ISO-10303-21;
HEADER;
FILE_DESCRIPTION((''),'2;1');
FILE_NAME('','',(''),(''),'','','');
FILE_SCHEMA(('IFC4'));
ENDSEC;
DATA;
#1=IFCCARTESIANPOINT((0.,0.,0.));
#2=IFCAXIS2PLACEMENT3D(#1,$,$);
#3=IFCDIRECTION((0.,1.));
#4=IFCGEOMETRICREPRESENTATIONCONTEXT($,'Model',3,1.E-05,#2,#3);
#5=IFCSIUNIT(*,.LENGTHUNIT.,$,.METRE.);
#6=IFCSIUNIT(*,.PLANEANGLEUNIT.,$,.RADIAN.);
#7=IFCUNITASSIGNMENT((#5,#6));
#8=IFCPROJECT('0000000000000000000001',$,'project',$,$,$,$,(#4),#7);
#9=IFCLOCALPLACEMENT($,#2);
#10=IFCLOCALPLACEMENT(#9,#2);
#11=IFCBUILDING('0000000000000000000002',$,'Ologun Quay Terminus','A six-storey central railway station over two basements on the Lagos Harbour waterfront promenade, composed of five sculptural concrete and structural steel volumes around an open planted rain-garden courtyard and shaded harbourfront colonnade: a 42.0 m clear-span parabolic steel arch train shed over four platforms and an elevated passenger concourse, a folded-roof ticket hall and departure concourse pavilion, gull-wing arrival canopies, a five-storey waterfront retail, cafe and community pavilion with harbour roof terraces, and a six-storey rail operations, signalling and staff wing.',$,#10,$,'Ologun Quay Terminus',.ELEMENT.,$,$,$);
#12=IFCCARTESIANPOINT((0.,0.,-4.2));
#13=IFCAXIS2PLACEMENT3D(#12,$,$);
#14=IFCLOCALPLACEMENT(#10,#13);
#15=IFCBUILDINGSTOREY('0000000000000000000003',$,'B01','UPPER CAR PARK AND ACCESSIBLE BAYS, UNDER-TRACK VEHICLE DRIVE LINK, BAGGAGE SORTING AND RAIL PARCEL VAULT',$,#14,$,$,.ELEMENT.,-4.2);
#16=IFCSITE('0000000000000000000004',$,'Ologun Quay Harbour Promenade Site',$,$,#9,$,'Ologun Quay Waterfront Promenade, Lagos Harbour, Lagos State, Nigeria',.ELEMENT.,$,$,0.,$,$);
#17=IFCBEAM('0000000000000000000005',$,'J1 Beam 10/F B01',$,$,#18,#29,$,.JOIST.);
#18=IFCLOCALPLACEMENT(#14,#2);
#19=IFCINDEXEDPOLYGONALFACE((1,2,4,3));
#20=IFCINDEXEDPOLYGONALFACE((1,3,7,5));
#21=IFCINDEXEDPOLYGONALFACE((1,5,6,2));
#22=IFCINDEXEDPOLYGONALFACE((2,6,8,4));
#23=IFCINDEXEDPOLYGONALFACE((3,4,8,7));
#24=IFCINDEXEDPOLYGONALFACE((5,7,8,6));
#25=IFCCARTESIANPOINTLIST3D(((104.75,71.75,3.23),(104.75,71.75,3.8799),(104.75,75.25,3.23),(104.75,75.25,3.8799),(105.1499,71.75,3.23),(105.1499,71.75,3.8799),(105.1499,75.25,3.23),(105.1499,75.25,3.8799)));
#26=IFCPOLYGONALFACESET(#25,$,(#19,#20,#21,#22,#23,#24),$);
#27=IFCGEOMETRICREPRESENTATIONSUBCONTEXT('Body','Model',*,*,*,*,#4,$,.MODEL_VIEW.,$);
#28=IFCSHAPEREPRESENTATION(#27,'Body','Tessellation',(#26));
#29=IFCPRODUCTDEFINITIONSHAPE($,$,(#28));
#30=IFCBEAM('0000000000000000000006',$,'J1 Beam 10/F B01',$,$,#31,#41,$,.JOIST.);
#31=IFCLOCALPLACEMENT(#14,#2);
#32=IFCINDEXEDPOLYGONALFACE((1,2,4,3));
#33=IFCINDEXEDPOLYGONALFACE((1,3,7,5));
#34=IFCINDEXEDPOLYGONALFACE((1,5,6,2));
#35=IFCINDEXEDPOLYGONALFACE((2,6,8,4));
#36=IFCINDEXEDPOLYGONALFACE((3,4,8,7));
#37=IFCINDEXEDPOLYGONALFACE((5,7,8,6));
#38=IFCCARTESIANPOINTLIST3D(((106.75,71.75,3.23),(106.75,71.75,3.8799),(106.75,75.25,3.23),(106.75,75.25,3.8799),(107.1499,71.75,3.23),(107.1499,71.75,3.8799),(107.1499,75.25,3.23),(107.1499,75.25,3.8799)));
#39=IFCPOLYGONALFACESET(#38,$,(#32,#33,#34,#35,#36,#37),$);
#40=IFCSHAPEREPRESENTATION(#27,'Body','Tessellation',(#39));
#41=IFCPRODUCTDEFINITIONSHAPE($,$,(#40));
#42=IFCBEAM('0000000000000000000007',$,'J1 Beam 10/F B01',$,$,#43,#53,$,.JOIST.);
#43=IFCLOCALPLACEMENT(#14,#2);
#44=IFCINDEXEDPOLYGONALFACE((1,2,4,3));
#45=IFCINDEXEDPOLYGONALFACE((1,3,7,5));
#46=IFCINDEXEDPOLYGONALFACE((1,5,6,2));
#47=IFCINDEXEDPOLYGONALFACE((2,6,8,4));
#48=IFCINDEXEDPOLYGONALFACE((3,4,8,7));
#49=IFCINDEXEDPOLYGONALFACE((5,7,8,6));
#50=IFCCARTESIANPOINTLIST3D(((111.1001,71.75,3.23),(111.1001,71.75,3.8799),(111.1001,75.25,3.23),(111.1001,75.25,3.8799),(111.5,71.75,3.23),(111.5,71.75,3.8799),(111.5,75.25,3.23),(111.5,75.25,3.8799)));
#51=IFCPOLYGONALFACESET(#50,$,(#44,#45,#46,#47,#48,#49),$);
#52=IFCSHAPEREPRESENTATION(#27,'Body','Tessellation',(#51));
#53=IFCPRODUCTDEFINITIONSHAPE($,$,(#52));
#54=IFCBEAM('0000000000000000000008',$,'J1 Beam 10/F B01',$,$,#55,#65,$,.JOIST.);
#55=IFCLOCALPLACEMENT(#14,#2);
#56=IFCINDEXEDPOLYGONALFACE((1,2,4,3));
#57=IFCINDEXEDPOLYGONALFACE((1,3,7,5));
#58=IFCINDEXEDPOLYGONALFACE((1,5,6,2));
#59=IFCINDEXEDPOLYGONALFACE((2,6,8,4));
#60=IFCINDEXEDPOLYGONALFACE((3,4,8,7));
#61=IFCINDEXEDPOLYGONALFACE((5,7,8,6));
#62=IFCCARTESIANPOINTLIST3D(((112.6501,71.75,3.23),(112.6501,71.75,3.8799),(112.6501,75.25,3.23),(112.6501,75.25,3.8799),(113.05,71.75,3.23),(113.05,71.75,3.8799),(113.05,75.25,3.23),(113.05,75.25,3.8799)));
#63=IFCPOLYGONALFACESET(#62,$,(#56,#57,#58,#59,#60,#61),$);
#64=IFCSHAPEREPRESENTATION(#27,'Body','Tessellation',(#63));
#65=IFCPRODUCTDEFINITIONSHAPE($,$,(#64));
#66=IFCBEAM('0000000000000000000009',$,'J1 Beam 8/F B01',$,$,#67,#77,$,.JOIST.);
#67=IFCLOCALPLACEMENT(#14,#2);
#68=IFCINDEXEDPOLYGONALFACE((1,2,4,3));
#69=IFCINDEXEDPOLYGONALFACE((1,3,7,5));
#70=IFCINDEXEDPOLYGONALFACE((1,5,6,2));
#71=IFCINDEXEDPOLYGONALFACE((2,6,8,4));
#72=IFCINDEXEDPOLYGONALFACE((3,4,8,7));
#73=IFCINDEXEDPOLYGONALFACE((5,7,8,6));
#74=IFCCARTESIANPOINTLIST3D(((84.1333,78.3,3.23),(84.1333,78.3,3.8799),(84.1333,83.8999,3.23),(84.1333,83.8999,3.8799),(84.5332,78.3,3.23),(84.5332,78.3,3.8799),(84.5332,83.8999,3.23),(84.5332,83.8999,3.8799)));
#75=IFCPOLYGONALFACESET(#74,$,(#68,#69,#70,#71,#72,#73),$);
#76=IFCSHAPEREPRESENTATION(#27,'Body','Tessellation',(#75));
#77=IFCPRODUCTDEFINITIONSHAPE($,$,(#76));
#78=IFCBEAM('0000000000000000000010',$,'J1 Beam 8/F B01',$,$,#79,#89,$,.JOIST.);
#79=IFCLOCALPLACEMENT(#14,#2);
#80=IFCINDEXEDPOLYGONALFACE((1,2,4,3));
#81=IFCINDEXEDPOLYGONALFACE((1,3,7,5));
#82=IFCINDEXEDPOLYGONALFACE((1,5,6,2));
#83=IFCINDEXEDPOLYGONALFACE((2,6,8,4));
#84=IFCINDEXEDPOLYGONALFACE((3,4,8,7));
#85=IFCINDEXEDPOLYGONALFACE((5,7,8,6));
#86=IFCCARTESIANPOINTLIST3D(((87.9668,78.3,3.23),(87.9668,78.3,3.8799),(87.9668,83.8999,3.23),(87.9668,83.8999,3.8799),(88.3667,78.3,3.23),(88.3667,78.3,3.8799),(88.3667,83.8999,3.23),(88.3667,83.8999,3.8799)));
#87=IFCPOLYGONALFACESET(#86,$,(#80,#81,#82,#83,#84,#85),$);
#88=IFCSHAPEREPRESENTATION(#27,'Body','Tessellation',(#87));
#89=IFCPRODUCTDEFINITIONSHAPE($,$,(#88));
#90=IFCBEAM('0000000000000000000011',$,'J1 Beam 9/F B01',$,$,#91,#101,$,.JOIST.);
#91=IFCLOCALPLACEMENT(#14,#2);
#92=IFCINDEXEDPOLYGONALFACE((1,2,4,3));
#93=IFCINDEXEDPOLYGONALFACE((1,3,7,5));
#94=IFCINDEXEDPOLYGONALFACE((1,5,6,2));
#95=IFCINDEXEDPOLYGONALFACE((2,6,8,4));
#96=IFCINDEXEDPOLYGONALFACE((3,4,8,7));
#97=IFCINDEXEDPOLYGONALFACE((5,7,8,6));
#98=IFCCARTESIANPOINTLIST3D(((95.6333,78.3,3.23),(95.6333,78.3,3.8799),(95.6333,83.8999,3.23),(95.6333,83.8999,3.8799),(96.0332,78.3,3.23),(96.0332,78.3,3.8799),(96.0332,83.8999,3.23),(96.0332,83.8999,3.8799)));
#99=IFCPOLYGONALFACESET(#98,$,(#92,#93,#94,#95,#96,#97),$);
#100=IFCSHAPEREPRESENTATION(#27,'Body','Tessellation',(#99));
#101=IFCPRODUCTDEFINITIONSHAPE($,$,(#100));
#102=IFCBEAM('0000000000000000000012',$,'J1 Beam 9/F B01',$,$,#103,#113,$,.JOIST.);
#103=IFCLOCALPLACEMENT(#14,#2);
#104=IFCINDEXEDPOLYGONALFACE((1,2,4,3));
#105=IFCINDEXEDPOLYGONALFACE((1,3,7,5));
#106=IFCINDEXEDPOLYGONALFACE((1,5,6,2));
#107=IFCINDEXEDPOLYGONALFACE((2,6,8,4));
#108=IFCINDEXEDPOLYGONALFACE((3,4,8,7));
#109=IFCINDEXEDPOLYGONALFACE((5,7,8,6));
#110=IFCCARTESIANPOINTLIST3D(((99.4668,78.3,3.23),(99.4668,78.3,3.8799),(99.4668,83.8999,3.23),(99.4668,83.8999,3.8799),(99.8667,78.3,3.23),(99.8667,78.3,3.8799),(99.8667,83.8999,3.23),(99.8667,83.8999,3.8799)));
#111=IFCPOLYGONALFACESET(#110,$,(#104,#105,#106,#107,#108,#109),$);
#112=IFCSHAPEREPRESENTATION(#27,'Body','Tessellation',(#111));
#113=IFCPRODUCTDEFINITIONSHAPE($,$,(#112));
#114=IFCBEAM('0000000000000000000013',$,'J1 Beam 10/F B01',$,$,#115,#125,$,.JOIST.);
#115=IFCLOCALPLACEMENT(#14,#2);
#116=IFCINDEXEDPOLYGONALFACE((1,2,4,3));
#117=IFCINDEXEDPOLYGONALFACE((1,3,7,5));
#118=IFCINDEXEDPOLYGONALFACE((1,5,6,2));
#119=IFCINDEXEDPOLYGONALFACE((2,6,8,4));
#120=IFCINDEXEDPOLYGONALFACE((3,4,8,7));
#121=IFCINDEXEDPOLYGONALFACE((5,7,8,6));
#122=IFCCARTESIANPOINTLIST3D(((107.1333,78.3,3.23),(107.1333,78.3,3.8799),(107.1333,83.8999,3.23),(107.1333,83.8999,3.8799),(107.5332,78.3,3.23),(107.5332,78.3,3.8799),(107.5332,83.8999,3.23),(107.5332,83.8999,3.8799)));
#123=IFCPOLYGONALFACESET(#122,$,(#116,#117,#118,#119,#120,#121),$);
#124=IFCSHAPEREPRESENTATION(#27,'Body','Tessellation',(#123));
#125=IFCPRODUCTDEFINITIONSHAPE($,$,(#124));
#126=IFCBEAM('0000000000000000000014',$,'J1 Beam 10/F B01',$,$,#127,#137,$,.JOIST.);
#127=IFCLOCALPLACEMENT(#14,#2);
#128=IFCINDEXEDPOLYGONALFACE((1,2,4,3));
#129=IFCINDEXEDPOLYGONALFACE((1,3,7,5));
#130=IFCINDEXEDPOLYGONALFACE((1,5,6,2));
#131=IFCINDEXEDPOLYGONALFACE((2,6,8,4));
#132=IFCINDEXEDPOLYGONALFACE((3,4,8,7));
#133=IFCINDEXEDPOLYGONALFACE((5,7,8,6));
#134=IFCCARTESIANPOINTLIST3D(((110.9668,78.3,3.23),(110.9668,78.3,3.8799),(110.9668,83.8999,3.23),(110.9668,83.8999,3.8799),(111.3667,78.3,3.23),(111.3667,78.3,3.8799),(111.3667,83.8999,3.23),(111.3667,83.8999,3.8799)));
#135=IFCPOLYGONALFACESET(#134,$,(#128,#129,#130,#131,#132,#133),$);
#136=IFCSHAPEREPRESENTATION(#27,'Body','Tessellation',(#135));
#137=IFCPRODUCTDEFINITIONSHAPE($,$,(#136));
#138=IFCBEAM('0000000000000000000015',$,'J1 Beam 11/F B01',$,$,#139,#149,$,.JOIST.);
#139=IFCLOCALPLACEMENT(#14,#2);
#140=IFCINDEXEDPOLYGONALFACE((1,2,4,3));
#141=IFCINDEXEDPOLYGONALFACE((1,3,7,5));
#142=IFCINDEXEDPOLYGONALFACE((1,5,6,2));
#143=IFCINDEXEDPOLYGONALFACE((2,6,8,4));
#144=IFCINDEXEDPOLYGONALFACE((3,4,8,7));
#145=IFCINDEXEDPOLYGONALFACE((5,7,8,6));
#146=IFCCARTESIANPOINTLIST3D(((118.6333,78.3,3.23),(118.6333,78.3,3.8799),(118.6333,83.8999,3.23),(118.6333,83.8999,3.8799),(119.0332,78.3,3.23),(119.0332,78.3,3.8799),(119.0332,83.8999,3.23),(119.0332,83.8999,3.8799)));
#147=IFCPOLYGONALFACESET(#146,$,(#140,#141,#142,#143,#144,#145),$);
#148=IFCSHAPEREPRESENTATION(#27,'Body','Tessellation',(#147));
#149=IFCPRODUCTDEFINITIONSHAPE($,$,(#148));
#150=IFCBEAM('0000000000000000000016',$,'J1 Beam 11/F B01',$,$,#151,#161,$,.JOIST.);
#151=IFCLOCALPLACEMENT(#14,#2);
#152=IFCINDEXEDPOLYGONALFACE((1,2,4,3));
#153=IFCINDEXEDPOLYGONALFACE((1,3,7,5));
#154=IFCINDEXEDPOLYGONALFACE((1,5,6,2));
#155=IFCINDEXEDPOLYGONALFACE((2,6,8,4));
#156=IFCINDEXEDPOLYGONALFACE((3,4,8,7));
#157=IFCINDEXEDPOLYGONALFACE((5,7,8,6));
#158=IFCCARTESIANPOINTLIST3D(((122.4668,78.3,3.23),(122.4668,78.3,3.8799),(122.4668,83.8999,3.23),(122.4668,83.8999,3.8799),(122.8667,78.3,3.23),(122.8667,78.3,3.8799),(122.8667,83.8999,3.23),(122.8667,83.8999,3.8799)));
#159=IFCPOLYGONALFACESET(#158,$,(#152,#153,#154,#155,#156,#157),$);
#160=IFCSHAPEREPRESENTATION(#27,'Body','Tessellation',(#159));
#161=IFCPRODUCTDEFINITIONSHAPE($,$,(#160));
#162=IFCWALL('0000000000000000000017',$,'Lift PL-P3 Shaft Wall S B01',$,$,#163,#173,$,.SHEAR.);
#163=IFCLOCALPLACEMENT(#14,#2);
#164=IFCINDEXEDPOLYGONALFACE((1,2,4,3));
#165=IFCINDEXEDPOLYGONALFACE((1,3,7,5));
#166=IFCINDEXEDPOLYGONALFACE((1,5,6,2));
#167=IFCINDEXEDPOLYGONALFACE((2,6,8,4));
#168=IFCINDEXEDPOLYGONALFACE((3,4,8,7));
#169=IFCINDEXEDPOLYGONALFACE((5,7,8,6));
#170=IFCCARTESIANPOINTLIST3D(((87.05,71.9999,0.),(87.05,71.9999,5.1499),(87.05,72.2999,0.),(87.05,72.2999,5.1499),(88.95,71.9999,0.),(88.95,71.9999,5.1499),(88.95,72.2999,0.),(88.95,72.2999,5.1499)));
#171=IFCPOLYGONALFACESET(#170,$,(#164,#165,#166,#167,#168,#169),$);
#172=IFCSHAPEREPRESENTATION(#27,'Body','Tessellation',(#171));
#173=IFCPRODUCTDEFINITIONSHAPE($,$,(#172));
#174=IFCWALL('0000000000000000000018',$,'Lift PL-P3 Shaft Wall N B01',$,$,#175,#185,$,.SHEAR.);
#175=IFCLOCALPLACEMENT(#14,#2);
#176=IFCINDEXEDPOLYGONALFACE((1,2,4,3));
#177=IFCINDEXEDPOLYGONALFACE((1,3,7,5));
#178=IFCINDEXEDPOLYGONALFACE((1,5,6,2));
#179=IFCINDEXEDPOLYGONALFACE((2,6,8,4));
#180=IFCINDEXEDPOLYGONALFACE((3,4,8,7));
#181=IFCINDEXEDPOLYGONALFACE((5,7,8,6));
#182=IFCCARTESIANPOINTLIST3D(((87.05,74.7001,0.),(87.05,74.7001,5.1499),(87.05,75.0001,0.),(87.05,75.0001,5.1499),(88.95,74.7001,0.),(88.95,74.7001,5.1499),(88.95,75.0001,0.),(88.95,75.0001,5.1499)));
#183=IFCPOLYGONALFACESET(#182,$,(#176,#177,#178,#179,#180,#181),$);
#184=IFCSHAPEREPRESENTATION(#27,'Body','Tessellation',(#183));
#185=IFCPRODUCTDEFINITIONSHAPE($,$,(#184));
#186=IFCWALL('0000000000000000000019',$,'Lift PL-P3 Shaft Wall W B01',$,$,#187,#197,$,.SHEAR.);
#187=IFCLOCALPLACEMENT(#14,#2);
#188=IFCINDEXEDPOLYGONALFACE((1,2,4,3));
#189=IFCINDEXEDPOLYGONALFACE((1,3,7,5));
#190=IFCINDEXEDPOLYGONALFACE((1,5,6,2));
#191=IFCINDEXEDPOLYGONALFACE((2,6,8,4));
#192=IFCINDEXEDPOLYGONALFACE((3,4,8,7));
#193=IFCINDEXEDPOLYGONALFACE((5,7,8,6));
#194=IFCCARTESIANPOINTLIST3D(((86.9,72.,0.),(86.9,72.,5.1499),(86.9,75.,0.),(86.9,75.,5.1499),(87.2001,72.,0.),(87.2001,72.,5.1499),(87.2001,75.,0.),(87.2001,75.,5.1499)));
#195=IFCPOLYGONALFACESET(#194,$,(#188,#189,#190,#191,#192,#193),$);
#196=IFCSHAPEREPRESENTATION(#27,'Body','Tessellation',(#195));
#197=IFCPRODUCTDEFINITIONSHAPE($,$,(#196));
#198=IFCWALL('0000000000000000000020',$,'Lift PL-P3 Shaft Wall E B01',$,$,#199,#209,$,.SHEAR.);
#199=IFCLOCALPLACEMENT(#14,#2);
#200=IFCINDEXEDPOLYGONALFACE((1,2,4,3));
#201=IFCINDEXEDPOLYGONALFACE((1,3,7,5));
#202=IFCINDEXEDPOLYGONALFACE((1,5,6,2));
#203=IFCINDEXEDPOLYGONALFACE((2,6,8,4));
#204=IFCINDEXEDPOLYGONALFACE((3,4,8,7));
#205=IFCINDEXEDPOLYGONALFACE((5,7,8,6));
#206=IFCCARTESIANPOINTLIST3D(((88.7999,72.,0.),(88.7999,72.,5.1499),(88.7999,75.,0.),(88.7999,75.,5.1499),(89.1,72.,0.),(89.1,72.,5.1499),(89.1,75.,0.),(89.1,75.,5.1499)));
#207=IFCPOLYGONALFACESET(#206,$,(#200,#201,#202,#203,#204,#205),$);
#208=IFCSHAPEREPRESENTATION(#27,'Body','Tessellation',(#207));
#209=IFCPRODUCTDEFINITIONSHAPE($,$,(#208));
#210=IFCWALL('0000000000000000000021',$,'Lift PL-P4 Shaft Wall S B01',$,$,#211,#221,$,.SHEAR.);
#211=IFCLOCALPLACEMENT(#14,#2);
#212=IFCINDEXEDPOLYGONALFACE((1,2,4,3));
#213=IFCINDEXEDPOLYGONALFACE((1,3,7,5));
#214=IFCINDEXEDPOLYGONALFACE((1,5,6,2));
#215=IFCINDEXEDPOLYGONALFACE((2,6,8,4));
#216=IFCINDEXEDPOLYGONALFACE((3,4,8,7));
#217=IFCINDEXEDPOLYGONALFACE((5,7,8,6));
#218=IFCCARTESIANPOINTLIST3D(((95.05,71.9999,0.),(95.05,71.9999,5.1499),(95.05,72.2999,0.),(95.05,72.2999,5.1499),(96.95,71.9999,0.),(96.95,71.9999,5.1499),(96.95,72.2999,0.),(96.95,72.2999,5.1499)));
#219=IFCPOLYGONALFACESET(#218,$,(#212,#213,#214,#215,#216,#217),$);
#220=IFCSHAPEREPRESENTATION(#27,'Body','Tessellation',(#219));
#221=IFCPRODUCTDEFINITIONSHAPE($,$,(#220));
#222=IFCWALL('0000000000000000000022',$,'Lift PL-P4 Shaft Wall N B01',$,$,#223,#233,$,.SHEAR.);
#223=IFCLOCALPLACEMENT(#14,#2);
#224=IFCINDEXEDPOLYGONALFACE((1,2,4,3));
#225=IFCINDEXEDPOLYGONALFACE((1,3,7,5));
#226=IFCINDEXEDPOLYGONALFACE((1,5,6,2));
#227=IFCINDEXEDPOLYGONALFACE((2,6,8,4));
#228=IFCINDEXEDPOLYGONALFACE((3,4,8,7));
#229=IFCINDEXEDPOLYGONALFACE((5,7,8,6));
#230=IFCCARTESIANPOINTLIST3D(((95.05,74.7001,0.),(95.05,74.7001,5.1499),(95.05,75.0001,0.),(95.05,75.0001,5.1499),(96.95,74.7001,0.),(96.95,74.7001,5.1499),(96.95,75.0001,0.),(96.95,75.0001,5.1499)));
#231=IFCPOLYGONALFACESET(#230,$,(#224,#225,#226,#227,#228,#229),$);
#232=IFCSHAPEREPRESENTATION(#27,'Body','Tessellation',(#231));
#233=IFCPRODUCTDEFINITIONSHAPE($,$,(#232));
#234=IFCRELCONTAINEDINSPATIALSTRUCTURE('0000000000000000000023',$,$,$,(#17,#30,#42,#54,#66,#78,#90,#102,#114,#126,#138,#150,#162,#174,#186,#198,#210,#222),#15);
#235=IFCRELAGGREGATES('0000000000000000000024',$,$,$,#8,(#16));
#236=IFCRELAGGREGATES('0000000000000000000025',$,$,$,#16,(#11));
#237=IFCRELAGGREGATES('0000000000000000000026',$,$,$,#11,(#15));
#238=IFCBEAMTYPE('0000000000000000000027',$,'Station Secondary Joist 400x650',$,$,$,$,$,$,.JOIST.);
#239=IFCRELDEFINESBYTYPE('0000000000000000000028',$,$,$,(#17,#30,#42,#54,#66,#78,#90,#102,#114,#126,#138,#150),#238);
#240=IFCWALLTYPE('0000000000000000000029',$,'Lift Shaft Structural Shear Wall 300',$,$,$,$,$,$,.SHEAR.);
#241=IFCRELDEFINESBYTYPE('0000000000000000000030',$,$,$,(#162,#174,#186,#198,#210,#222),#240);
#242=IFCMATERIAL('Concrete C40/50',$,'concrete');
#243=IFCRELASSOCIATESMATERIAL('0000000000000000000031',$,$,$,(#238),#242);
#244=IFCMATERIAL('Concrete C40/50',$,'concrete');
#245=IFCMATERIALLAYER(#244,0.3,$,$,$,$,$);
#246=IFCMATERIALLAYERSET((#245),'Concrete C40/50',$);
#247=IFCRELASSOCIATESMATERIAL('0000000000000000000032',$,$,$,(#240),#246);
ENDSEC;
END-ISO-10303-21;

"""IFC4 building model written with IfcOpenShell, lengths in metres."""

from ifc_helpers import new_model, si_unit, direction, frame, frame_2d, origin, origin_2d, place, context, subcontext, project, spatial, rectangle, extrude, material, layer, layer_set, material_profile, profile_set, type_object, element, save


model = new_model("IFC4")

# Units and contexts
model_context = context("Model", 3, precision=1e-05, world=origin(), true_north=direction((0.0, 1.0)))
body_context = subcontext(model_context, "Body", "Model", "MODEL_VIEW")
ifc_project = project(units=[si_unit("LENGTHUNIT", "METRE"), si_unit("PLANEANGLEUNIT", "RADIAN")], contexts=[model_context])

# Site, building, storey
site_placement = place(None, origin())
site = spatial("IfcSite", under=ifc_project, at=site_placement, Name="Ologun Quay Harbour Promenade Site", LongName="Ologun Quay Waterfront Promenade, Lagos Harbour, Lagos State, Nigeria", CompositionType="ELEMENT", RefElevation=0.0)
building_placement = place(site_placement, origin())
building = spatial("IfcBuilding", under=site, at=building_placement, Name="Ologun Quay Terminus", Description="A six-storey central railway station over two basements on the Lagos Harbour waterfront promenade, composed of five sculptural concrete and structural steel volumes around an open planted rain-garden courtyard and shaded harbourfront colonnade: a 42.0 m clear-span parabolic steel arch train shed over four platforms and an elevated passenger concourse, a folded-roof ticket hall and departure concourse pavilion, gull-wing arrival canopies, a five-storey waterfront retail, cafe and community pavilion with harbour roof terraces, and a six-storey rail operations, signalling and staff wing.", LongName="Ologun Quay Terminus", CompositionType="ELEMENT")
storey_placement = place(building_placement, frame((0.0, 0.0, -4.2)))
storey = spatial("IfcBuildingStorey", under=building, at=storey_placement, Name="B01", Description="UPPER CAR PARK AND ACCESSIBLE BAYS, UNDER-TRACK VEHICLE DRIVE LINK, BAGGAGE SORTING AND RAIL PARCEL VAULT", CompositionType="ELEMENT", Elevation=-4.2)

# Beams
ifc_material_1 = material(Name="Concrete C40/50", Category="concrete")
ifc_material_profile_1 = material_profile(ifc_material_1, rectangle(XDim=0.3999, YDim=0.6499, at=origin_2d()), Name="RC 400x650")
ifc_profile_set_1 = profile_set([ifc_material_profile_1], Name="Concrete C40/50")
beam_type_1 = type_object("IfcBeamType", Name="Station Secondary Joist 400x650", PredefinedType="JOIST", material=ifc_profile_set_1)
for number, where, z_axis, x_axis, name in (
    (1, (104.95, 71.75, 3.5549), (0.0, 1.0, 0.0), (-1.0, 0.0, 0.0), "J1 Beam 10/F B01"),
    (2, (106.95, 71.75, 3.5549), (0.0, 1.0, 0.0), (-1.0, 0.0, 0.0), "J1 Beam 10/F B01"),
    (3, (111.3, 71.75, 3.5549), (0.0, 1.0, 0.0), (-1.0, 0.0, 0.0), "J1 Beam 10/F B01"),
    (4, (112.8501, 71.75, 3.5549), (0.0, 1.0, 0.0), (-1.0, 0.0, 0.0), "J1 Beam 10/F B01"),
):
    element("IfcBeam", number, at=place(storey_placement, frame(where, z_axis=z_axis, x_axis=x_axis)), inside=storey, type_object=beam_type_1, Name=name, PredefinedType="JOIST", context=body_context, shape_type="SweptSolid", body=[
        extrude(rectangle(XDim=0.3999, YDim=0.6499, at=origin_2d()), origin(), (0.0, 0.0, 1.0), 3.5),
    ])
for number, where, z_axis, x_axis, name in (
    (5, (84.3333, 78.3, 3.5549), (0.0, 1.0, 0.0), (-1.0, 0.0, 0.0), "J1 Beam 8/F B01"),
    (6, (88.1667, 78.3, 3.5549), (0.0, 1.0, 0.0), (-1.0, 0.0, 0.0), "J1 Beam 8/F B01"),
    (7, (95.8333, 78.3, 3.5549), (0.0, 1.0, 0.0), (-1.0, 0.0, 0.0), "J1 Beam 9/F B01"),
    (8, (99.6667, 78.3, 3.5549), (0.0, 1.0, 0.0), (-1.0, 0.0, 0.0), "J1 Beam 9/F B01"),
    (9, (107.3333, 78.3, 3.5549), (0.0, 1.0, 0.0), (-1.0, 0.0, 0.0), "J1 Beam 10/F B01"),
    (10, (111.1667, 78.3, 3.5549), (0.0, 1.0, 0.0), (-1.0, 0.0, 0.0), "J1 Beam 10/F B01"),
    (11, (118.8333, 78.3, 3.5549), (0.0, 1.0, 0.0), (-1.0, 0.0, 0.0), "J1 Beam 11/F B01"),
    (12, (122.6667, 78.3, 3.5549), (0.0, 1.0, 0.0), (-1.0, 0.0, 0.0), "J1 Beam 11/F B01"),
):
    element("IfcBeam", number, at=place(storey_placement, frame(where, z_axis=z_axis, x_axis=x_axis)), inside=storey, type_object=beam_type_1, Name=name, PredefinedType="JOIST", context=body_context, shape_type="SweptSolid", body=[
        extrude(rectangle(XDim=0.3999, YDim=0.6499, at=origin_2d()), origin(), (0.0, 0.0, 1.0), 5.5999),
    ])

# Walls
ifc_material_2 = material(Name="Concrete C40/50", Category="concrete")
ifc_layer = layer(ifc_material_2, 0.3)
ifc_layer_set = layer_set([ifc_layer], Name="Concrete C40/50")
wall_type = type_object("IfcWallType", Name="Lift Shaft Structural Shear Wall 300", PredefinedType="SHEAR", material=ifc_layer_set)
for number, where, z_axis, x_axis, name in (
    (13, (87.05, 72.1499, 0.0), (0.0, 0.0, 1.0), (1.0, 0.0, 0.0), "Lift PL-P3 Shaft Wall S B01"),
    (14, (87.05, 74.8501, 0.0), (0.0, 0.0, 1.0), (1.0, 0.0, 0.0), "Lift PL-P3 Shaft Wall N B01"),
):
    element("IfcWall", number, at=place(storey_placement, frame(where, z_axis=z_axis, x_axis=x_axis)), inside=storey, type_object=wall_type, Name=name, PredefinedType="SHEAR", context=body_context, shape_type="SweptSolid", body=[
        extrude(rectangle(XDim=1.8999, YDim=0.3, at=frame_2d((0.95, 0.0))), origin(), (0.0, 0.0, 1.0), 5.1499),
    ])
for number, where, z_axis, x_axis, name in (
    (15, (87.05, 72.0, 0.0), (0.0, 0.0, 1.0), (0.0, 1.0, 0.0), "Lift PL-P3 Shaft Wall W B01"),
    (16, (88.95, 72.0, 0.0), (0.0, 0.0, 1.0), (0.0, 1.0, 0.0), "Lift PL-P3 Shaft Wall E B01"),
):
    element("IfcWall", number, at=place(storey_placement, frame(where, z_axis=z_axis, x_axis=x_axis)), inside=storey, type_object=wall_type, Name=name, PredefinedType="SHEAR", context=body_context, shape_type="SweptSolid", body=[
        extrude(rectangle(XDim=3.0, YDim=0.3, at=frame_2d((1.5, 0.0))), origin(), (0.0, 0.0, 1.0), 5.1499),
    ])
for number, where, z_axis, x_axis, name in (
    (17, (95.05, 72.1499, 0.0), (0.0, 0.0, 1.0), (1.0, 0.0, 0.0), "Lift PL-P4 Shaft Wall S B01"),
    (18, (95.05, 74.8501, 0.0), (0.0, 0.0, 1.0), (1.0, 0.0, 0.0), "Lift PL-P4 Shaft Wall N B01"),
):
    element("IfcWall", number, at=place(storey_placement, frame(where, z_axis=z_axis, x_axis=x_axis)), inside=storey, type_object=wall_type, Name=name, PredefinedType="SHEAR", context=body_context, shape_type="SweptSolid", body=[
        extrude(rectangle(XDim=1.8999, YDim=0.3, at=frame_2d((0.95, 0.0))), origin(), (0.0, 0.0, 1.0), 5.1499),
    ])

save(model, "model.ifc")
